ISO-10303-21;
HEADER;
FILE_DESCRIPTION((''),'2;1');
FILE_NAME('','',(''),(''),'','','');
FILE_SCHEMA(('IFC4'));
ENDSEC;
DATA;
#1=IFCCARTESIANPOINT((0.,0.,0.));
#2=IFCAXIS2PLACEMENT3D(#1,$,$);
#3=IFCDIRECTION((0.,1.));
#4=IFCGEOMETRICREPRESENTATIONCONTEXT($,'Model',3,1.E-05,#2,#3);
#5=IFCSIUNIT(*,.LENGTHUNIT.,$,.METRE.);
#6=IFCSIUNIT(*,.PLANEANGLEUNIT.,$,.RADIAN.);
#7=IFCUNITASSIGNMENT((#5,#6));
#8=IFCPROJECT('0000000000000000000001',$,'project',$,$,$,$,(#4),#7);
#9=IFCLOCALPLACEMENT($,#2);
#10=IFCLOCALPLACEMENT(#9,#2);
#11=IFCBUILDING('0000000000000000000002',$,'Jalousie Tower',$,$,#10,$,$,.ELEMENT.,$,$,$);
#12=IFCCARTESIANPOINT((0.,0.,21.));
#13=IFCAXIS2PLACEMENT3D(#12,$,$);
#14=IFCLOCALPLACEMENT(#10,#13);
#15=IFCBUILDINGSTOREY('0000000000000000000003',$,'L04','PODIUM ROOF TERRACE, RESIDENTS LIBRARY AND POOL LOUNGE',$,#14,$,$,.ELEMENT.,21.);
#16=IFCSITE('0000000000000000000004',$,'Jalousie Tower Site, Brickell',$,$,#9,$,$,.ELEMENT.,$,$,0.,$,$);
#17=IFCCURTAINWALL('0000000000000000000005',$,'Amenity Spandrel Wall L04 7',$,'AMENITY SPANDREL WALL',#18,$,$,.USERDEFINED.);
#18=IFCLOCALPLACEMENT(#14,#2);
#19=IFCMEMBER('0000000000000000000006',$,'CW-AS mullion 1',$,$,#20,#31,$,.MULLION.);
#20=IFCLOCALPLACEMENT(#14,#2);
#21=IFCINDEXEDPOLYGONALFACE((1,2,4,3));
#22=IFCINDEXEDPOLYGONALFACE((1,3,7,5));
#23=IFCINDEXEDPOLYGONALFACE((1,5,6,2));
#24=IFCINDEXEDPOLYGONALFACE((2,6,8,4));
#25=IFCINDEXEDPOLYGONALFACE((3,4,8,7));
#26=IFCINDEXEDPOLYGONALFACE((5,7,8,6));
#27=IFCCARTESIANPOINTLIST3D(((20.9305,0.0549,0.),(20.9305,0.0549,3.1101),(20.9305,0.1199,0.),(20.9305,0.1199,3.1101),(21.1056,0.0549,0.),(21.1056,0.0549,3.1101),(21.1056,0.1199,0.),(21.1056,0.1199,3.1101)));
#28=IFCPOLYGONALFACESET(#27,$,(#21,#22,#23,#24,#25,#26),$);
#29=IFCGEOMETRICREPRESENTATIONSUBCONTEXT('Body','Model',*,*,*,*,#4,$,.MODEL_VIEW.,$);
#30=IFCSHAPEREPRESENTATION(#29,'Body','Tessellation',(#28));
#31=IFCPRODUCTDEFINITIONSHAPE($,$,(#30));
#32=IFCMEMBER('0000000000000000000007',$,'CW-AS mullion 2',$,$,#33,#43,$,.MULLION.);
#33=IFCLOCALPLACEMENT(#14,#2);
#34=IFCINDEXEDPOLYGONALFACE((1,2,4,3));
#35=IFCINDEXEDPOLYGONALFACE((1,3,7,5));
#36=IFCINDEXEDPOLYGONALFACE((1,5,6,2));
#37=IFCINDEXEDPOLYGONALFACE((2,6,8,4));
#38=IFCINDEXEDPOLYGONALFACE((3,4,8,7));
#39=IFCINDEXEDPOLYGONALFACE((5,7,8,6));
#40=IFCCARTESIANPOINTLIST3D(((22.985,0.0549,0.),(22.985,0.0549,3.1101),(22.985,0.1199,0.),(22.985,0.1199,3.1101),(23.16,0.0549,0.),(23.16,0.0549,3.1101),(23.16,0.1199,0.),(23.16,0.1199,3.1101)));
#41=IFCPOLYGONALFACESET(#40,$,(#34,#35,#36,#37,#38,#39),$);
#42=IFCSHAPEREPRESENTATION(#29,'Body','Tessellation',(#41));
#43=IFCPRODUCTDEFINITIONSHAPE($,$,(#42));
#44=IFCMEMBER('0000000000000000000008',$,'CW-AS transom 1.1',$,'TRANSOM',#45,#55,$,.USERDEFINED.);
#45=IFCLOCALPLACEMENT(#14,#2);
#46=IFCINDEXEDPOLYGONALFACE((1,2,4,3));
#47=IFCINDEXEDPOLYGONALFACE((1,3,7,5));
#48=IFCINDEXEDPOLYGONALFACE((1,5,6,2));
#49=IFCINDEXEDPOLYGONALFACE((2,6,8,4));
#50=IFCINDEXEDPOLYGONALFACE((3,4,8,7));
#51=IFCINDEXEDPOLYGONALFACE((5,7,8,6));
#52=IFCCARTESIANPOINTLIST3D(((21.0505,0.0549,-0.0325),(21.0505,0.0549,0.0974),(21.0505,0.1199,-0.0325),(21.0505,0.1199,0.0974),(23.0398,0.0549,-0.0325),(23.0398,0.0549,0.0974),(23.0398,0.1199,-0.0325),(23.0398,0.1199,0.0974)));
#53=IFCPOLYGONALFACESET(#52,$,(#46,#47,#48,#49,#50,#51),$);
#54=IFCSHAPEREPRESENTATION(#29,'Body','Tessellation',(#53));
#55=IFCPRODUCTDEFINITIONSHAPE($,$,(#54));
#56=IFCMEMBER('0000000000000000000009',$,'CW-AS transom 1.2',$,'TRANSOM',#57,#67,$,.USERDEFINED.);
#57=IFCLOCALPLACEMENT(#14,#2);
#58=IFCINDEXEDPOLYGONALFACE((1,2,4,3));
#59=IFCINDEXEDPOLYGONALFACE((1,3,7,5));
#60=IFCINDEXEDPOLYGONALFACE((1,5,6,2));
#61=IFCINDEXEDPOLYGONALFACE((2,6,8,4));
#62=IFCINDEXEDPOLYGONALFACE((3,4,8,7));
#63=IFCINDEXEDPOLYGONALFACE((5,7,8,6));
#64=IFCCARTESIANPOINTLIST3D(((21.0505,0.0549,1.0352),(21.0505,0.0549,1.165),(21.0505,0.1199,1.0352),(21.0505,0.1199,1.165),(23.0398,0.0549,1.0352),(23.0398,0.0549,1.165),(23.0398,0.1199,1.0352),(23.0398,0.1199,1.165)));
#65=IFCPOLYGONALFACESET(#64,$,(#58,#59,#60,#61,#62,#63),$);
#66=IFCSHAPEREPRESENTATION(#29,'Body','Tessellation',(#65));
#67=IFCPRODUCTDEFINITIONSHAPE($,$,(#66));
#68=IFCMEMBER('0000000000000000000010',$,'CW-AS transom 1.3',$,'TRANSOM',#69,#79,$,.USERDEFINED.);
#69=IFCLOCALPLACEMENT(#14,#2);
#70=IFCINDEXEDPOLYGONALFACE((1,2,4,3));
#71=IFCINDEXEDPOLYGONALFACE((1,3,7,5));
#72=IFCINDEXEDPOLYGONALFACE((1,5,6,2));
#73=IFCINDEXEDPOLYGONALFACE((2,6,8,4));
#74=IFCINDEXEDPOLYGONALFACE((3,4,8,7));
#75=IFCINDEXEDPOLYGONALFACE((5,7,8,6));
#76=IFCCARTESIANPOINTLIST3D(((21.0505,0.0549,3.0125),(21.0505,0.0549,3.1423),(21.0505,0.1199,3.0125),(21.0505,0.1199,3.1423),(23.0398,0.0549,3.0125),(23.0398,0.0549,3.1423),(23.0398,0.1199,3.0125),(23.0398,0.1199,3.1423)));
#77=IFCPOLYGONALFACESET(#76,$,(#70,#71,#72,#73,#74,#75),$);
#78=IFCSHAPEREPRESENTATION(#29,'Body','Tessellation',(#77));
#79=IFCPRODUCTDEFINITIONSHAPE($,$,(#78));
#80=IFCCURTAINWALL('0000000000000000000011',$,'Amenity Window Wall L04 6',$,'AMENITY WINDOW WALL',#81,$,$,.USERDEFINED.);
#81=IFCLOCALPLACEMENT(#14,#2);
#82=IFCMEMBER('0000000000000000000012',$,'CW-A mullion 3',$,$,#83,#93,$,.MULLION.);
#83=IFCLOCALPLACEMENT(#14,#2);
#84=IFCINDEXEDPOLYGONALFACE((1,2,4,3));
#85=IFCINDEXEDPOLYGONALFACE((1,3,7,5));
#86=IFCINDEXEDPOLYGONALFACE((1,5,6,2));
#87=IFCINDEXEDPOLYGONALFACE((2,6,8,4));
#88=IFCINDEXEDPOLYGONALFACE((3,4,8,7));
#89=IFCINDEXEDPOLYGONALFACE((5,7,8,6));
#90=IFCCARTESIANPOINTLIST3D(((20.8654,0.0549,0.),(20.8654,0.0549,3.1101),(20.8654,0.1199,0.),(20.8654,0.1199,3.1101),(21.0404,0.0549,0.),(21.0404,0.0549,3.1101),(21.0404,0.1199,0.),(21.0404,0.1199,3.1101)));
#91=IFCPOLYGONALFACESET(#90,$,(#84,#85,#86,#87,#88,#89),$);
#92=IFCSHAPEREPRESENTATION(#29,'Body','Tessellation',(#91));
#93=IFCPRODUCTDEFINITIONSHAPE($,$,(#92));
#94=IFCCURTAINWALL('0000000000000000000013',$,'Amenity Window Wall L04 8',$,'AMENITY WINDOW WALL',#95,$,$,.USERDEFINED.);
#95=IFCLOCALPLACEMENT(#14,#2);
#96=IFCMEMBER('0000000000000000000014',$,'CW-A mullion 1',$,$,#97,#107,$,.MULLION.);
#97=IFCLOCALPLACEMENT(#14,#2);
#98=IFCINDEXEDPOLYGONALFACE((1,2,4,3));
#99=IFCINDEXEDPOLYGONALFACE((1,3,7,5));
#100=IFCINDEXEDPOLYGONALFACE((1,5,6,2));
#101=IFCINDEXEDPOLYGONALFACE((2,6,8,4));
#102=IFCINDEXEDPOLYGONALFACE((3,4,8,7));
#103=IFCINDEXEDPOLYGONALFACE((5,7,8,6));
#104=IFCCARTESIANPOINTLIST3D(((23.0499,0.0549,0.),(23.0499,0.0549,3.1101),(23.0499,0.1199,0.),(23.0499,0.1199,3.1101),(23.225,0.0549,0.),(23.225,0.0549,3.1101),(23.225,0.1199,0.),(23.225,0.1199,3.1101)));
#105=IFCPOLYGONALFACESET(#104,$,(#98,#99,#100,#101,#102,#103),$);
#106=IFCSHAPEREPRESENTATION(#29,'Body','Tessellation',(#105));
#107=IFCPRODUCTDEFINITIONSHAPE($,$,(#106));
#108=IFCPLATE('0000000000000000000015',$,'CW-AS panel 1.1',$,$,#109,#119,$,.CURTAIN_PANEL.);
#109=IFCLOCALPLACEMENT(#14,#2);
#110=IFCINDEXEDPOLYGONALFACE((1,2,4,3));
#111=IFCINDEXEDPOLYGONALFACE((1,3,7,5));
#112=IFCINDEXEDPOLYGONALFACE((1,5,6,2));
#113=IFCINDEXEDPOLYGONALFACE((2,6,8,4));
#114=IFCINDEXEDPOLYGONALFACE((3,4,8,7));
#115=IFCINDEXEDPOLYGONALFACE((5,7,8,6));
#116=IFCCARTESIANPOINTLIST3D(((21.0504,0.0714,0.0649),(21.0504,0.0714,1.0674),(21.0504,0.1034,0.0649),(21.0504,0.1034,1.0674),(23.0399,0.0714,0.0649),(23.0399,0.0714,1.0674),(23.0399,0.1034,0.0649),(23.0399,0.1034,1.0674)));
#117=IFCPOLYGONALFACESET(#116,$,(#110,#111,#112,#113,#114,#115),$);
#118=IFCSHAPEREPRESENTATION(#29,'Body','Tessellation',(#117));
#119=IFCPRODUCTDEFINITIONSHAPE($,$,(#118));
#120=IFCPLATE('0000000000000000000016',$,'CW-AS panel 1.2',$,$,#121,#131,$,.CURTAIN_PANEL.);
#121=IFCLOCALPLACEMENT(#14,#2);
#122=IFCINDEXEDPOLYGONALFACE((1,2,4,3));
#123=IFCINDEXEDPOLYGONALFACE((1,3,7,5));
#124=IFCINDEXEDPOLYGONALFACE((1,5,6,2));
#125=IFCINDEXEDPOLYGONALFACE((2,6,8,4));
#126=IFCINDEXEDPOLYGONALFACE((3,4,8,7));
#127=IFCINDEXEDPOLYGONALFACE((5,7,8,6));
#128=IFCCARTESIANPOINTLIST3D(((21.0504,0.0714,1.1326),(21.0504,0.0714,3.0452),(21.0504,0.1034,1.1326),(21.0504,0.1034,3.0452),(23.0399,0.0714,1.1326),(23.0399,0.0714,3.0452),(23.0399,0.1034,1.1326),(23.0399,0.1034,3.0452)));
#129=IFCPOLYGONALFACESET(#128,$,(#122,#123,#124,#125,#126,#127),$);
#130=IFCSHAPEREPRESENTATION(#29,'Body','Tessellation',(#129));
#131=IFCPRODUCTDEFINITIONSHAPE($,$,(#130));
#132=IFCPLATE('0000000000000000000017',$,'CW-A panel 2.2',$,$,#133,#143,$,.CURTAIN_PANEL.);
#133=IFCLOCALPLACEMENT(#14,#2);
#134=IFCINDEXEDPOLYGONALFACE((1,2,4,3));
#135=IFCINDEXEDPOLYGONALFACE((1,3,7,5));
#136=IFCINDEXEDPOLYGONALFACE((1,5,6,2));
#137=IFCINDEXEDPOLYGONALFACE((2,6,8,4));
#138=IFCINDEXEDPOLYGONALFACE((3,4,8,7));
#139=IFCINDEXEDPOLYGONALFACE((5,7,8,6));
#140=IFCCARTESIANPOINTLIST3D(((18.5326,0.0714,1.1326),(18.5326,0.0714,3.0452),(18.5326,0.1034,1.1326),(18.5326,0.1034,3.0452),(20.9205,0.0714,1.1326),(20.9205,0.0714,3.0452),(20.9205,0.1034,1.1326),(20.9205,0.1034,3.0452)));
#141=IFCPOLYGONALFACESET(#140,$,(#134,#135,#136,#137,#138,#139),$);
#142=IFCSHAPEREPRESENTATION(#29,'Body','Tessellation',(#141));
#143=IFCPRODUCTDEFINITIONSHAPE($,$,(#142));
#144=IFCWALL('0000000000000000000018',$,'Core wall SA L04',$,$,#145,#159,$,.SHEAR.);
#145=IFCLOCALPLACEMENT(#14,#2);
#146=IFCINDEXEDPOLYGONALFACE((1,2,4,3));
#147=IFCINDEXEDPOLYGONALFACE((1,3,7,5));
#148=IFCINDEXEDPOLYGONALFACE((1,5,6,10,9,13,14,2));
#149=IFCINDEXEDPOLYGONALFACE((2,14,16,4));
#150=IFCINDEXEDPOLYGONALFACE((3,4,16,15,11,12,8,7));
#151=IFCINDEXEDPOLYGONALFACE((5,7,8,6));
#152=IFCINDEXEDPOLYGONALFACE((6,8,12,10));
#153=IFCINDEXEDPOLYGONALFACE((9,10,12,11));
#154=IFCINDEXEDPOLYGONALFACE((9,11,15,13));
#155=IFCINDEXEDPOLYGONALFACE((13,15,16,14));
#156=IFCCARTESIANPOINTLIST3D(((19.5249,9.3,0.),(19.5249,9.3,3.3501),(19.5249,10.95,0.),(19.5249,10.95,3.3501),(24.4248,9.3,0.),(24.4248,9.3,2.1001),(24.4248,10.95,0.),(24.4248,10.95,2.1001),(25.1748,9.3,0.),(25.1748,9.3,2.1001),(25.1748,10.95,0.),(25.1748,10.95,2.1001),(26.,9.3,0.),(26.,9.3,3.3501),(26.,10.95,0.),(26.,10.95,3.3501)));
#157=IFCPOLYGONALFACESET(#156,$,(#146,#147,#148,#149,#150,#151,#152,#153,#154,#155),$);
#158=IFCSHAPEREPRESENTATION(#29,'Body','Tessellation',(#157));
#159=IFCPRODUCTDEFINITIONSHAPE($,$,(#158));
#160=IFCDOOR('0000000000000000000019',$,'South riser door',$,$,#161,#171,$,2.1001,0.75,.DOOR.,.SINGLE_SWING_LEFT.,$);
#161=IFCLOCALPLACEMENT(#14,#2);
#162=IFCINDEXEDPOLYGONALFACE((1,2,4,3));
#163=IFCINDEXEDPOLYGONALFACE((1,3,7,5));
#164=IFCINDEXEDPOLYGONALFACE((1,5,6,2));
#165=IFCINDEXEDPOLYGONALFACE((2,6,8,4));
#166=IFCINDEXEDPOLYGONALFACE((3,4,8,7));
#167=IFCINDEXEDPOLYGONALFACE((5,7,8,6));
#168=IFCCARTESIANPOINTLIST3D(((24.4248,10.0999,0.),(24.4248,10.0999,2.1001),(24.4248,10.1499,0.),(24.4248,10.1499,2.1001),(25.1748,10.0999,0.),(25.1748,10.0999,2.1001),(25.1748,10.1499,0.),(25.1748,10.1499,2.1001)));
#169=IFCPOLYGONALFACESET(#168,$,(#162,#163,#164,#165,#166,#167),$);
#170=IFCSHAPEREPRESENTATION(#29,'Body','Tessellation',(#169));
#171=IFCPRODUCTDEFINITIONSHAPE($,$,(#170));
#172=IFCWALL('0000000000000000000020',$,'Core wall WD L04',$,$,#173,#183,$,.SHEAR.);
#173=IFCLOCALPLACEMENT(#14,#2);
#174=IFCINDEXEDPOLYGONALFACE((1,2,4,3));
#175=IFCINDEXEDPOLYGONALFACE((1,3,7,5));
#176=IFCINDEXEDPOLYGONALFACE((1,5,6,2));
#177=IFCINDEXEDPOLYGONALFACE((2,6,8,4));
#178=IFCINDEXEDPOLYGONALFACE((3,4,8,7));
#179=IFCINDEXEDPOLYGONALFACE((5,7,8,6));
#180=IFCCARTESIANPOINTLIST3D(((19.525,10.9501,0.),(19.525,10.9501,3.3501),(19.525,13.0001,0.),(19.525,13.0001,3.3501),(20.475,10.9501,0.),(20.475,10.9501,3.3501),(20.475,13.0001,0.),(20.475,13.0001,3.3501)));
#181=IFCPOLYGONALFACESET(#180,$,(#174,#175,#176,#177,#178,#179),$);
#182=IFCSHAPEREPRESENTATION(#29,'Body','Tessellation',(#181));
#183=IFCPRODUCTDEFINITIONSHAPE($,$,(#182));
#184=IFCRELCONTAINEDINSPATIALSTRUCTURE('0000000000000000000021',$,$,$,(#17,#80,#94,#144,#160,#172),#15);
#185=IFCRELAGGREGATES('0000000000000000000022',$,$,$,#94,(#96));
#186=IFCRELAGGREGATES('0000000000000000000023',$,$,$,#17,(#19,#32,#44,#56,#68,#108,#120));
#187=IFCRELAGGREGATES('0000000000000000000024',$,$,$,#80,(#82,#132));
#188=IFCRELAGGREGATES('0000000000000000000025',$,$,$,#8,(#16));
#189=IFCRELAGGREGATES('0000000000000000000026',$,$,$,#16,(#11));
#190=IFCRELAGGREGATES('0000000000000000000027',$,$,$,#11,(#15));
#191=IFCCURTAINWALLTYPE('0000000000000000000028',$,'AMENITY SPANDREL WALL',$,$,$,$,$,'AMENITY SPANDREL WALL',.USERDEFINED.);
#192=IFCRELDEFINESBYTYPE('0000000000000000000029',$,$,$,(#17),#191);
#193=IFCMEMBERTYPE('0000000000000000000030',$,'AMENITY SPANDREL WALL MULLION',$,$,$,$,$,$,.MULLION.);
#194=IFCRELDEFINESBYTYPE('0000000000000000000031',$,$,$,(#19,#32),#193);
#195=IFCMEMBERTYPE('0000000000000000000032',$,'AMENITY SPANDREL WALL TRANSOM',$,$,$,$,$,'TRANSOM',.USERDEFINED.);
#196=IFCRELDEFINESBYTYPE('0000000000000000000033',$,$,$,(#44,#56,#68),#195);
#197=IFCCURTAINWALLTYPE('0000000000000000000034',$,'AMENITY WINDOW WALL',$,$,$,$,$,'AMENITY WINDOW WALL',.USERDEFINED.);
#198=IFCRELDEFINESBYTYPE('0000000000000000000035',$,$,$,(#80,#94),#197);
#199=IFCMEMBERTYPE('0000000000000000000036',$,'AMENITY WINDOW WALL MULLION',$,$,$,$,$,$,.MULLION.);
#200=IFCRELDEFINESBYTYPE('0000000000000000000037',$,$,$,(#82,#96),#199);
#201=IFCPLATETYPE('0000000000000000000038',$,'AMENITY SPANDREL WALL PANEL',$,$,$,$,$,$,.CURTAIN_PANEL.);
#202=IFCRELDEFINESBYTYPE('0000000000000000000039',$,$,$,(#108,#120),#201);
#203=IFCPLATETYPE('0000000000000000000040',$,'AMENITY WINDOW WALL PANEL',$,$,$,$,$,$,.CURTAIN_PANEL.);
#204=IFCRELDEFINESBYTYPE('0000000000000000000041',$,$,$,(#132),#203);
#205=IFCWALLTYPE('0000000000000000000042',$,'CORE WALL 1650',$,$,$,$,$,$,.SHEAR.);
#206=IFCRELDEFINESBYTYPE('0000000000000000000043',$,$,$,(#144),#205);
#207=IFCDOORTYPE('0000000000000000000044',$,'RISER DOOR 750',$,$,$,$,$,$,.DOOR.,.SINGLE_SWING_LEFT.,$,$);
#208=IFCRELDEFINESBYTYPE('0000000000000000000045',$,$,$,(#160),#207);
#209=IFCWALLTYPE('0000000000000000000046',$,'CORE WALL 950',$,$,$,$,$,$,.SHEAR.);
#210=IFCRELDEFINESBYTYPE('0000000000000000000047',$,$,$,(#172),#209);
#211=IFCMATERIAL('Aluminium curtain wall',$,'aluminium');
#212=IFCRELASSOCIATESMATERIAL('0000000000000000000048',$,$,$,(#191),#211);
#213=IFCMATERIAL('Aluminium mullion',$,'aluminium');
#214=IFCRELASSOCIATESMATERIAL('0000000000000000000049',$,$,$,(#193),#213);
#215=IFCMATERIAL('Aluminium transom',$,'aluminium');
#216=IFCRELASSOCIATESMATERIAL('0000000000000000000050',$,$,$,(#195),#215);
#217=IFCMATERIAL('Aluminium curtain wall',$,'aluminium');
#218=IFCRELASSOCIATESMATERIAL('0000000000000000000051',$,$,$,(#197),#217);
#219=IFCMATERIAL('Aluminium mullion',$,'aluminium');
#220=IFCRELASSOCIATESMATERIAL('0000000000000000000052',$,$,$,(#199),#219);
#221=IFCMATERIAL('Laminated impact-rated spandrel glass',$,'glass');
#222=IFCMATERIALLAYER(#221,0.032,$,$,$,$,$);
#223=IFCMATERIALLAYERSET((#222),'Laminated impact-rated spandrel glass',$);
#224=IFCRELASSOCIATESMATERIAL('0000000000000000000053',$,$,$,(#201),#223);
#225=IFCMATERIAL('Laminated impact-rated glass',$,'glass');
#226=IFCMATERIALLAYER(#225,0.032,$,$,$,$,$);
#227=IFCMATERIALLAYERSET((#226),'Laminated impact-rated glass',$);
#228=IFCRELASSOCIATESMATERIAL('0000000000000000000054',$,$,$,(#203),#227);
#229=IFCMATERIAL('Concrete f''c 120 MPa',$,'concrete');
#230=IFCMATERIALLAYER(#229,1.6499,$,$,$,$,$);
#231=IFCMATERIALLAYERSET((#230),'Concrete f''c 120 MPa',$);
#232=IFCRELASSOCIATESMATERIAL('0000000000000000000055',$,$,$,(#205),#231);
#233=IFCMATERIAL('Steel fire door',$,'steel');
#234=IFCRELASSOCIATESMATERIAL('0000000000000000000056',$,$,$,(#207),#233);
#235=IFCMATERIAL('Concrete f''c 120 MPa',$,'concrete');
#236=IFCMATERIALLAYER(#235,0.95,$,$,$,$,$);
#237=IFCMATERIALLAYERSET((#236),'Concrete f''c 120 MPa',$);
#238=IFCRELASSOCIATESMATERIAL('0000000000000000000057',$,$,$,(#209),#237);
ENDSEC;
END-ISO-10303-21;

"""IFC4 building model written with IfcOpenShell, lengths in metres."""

from ifc_helpers import new_model, si_unit, direction, frame, frame_2d, origin, origin_2d, place, context, subcontext, project, spatial, rectangle, extrude, material, layer, layer_set, material_profile, profile_set, type_object, element, fill, aggregate, save


model = new_model("IFC4")

# Units and contexts
model_context = context("Model", 3, precision=1e-05, world=origin(), true_north=direction((0.0, 1.0)))
body_context = subcontext(model_context, "Body", "Model", "MODEL_VIEW")
ifc_project = project(units=[si_unit("LENGTHUNIT", "METRE"), si_unit("PLANEANGLEUNIT", "RADIAN")], contexts=[model_context])

# Site, building, storey
site_placement = place(None, origin())
site = spatial("IfcSite", under=ifc_project, at=site_placement, Name="Jalousie Tower Site, Brickell", CompositionType="ELEMENT", RefElevation=0.0)
building_placement = place(site_placement, origin())
building = spatial("IfcBuilding", under=site, at=building_placement, Name="Jalousie Tower", CompositionType="ELEMENT")
storey_placement = place(building_placement, frame((0.0, 0.0, 21.0)))
storey = spatial("IfcBuildingStorey", under=building, at=storey_placement, Name="L04", Description="PODIUM ROOF TERRACE, RESIDENTS LIBRARY AND POOL LOUNGE", CompositionType="ELEMENT", Elevation=21.0)

# Curtain wall, members
ifc_material_1 = material(Name="Aluminium curtain wall", Category="aluminium")
curtain_wall_type_1 = type_object("IfcCurtainWallType", Name="AMENITY SPANDREL WALL", ElementType="AMENITY SPANDREL WALL", PredefinedType="USERDEFINED", material=ifc_material_1)
curtain_wall_1_placement = place(storey_placement, origin())
curtain_wall_1 = element("IfcCurtainWall", 1, at=curtain_wall_1_placement, inside=storey, type_object=curtain_wall_type_1, Name="Amenity Spandrel Wall L04 7", ObjectType="AMENITY SPANDREL WALL", PredefinedType="USERDEFINED")
ifc_material_2 = material(Name="Aluminium mullion", Category="aluminium")
ifc_material_profile_1 = material_profile(ifc_material_2, rectangle(XDim=0.0649, YDim=0.175, at=origin_2d()), Name="MULLION 65x175")
ifc_profile_set_1 = profile_set([ifc_material_profile_1], Name="Aluminium mullion")
member_type_1 = type_object("IfcMemberType", Name="AMENITY SPANDREL WALL MULLION", PredefinedType="MULLION", material=ifc_profile_set_1)
member_1_placement = place(storey_placement, frame((21.0181, 0.0874, 0.0), z_axis=(0.0, 0.0, 1.0), x_axis=(0.0, 1.0, 0.0)))
member_1 = element("IfcMember", 2, at=member_1_placement, type_object=member_type_1, Name="CW-AS mullion 1", PredefinedType="MULLION", context=body_context, shape_type="SweptSolid", body=[
    extrude(rectangle(XDim=0.0649, YDim=0.175, at=origin_2d()), origin(), (0.0, 0.0, 1.0), 3.1101),
])
member_2_placement = place(storey_placement, frame((23.0725, 0.0874, 0.0), z_axis=(0.0, 0.0, 1.0), x_axis=(0.0, 1.0, 0.0)))
member_2 = element("IfcMember", 3, at=member_2_placement, type_object=member_type_1, Name="CW-AS mullion 2", PredefinedType="MULLION", context=body_context, shape_type="SweptSolid", body=[
    extrude(rectangle(XDim=0.0649, YDim=0.175, at=origin_2d()), origin(), (0.0, 0.0, 1.0), 3.1101),
])
ifc_material_3 = material(Name="Aluminium transom", Category="aluminium")
ifc_material_profile_2 = material_profile(ifc_material_3, rectangle(XDim=0.0649, YDim=0.1299, at=origin_2d()), Name="TRANSOM 65x130")
ifc_profile_set_2 = profile_set([ifc_material_profile_2], Name="Aluminium transom")
member_type_2 = type_object("IfcMemberType", Name="AMENITY SPANDREL WALL TRANSOM", ElementType="TRANSOM", PredefinedType="USERDEFINED", material=ifc_profile_set_2)
member_3_placement = place(storey_placement, frame((21.0505, 0.0874, 0.0325), z_axis=(1.0, 0.0, 0.0), x_axis=(0.0, 1.0, 0.0)))
member_3 = element("IfcMember", 4, at=member_3_placement, type_object=member_type_2, Name="CW-AS transom 1.1", ObjectType="TRANSOM", PredefinedType="USERDEFINED", context=body_context, shape_type="SweptSolid", body=[
    extrude(rectangle(XDim=0.0649, YDim=0.1299, at=origin_2d()), origin(), (0.0, 0.0, 1.0), 1.9893),
])
member_4_placement = place(storey_placement, frame((21.0505, 0.0874, 1.1001), z_axis=(1.0, 0.0, 0.0), x_axis=(0.0, 1.0, 0.0)))
member_4 = element("IfcMember", 5, at=member_4_placement, type_object=member_type_2, Name="CW-AS transom 1.2", ObjectType="TRANSOM", PredefinedType="USERDEFINED", context=body_context, shape_type="SweptSolid", body=[
    extrude(rectangle(XDim=0.0649, YDim=0.1299, at=origin_2d()), origin(), (0.0, 0.0, 1.0), 1.9893),
])
member_5_placement = place(storey_placement, frame((21.0505, 0.0874, 3.0774), z_axis=(1.0, 0.0, 0.0), x_axis=(0.0, 1.0, 0.0)))
member_5 = element("IfcMember", 6, at=member_5_placement, type_object=member_type_2, Name="CW-AS transom 1.3", ObjectType="TRANSOM", PredefinedType="USERDEFINED", context=body_context, shape_type="SweptSolid", body=[
    extrude(rectangle(XDim=0.0649, YDim=0.1299, at=origin_2d()), origin(), (0.0, 0.0, 1.0), 1.9893),
])

# Curtain walls, members
ifc_material_4 = material(Name="Aluminium curtain wall", Category="aluminium")
curtain_wall_type_2 = type_object("IfcCurtainWallType", Name="AMENITY WINDOW WALL", ElementType="AMENITY WINDOW WALL", PredefinedType="USERDEFINED", material=ifc_material_4)
curtain_wall_2_placement = place(storey_placement, origin())
curtain_wall_2 = element("IfcCurtainWall", 7, at=curtain_wall_2_placement, inside=storey, type_object=curtain_wall_type_2, Name="Amenity Window Wall L04 6", ObjectType="AMENITY WINDOW WALL", PredefinedType="USERDEFINED")
ifc_material_5 = material(Name="Aluminium mullion", Category="aluminium")
ifc_material_profile_3 = material_profile(ifc_material_5, rectangle(XDim=0.0649, YDim=0.175, at=origin_2d()), Name="MULLION 65x175")
ifc_profile_set_3 = profile_set([ifc_material_profile_3], Name="Aluminium mullion")
member_type_3 = type_object("IfcMemberType", Name="AMENITY WINDOW WALL MULLION", PredefinedType="MULLION", material=ifc_profile_set_3)
member_6_placement = place(storey_placement, frame((20.9529, 0.0874, 0.0), z_axis=(0.0, 0.0, 1.0), x_axis=(0.0, 1.0, 0.0)))
member_6 = element("IfcMember", 8, at=member_6_placement, type_object=member_type_3, Name="CW-A mullion 3", PredefinedType="MULLION", context=body_context, shape_type="SweptSolid", body=[
    extrude(rectangle(XDim=0.0649, YDim=0.175, at=origin_2d()), origin(), (0.0, 0.0, 1.0), 3.1101),
])
curtain_wall_3_placement = place(storey_placement, origin())
curtain_wall_3 = element("IfcCurtainWall", 9, at=curtain_wall_3_placement, inside=storey, type_object=curtain_wall_type_2, Name="Amenity Window Wall L04 8", ObjectType="AMENITY WINDOW WALL", PredefinedType="USERDEFINED")
member_7_placement = place(storey_placement, frame((23.1375, 0.0874, 0.0), z_axis=(0.0, 0.0, 1.0), x_axis=(0.0, 1.0, 0.0)))
member_7 = element("IfcMember", 10, at=member_7_placement, type_object=member_type_3, Name="CW-A mullion 1", PredefinedType="MULLION", context=body_context, shape_type="SweptSolid", body=[
    extrude(rectangle(XDim=0.0649, YDim=0.175, at=origin_2d()), origin(), (0.0, 0.0, 1.0), 3.1101),
])
aggregate(curtain_wall_3, [member_7])

# Plates
ifc_material_6 = material(Name="Laminated impact-rated spandrel glass", Category="glass")
ifc_layer_1 = layer(ifc_material_6, 0.032)
ifc_layer_set_1 = layer_set([ifc_layer_1], Name="Laminated impact-rated spandrel glass")
plate_type_1 = type_object("IfcPlateType", Name="AMENITY SPANDREL WALL PANEL", PredefinedType="CURTAIN_PANEL", material=ifc_layer_set_1)
plate_1_placement = place(storey_placement, frame((22.0452, 0.0874, 0.0649), z_axis=(0.0, 0.0, 1.0), x_axis=(1.0, 0.0, 0.0)))
plate_1 = element("IfcPlate", 11, at=plate_1_placement, type_object=plate_type_1, Name="CW-AS panel 1.1", PredefinedType="CURTAIN_PANEL", context=body_context, shape_type="SweptSolid", body=[
    extrude(rectangle(XDim=1.9895, YDim=0.032, at=origin_2d()), origin(), (0.0, 0.0, 1.0), 1.0024),
])
plate_2_placement = place(storey_placement, frame((22.0452, 0.0874, 1.1326), z_axis=(0.0, 0.0, 1.0), x_axis=(1.0, 0.0, 0.0)))
plate_2 = element("IfcPlate", 12, at=plate_2_placement, type_object=plate_type_1, Name="CW-AS panel 1.2", PredefinedType="CURTAIN_PANEL", context=body_context, shape_type="SweptSolid", body=[
    extrude(rectangle(XDim=1.9895, YDim=0.032, at=origin_2d()), origin(), (0.0, 0.0, 1.0), 1.9126),
])
aggregate(curtain_wall_1, [member_1, member_2, member_3, member_4, member_5, plate_1, plate_2])
ifc_material_7 = material(Name="Laminated impact-rated glass", Category="glass")
ifc_layer_2 = layer(ifc_material_7, 0.032)
ifc_layer_set_2 = layer_set([ifc_layer_2], Name="Laminated impact-rated glass")
plate_type_2 = type_object("IfcPlateType", Name="AMENITY WINDOW WALL PANEL", PredefinedType="CURTAIN_PANEL", material=ifc_layer_set_2)
plate_3_placement = place(storey_placement, frame((19.7266, 0.0874, 1.1326), z_axis=(0.0, 0.0, 1.0), x_axis=(1.0, 0.0, 0.0)))
plate_3 = element("IfcPlate", 13, at=plate_3_placement, type_object=plate_type_2, Name="CW-A panel 2.2", PredefinedType="CURTAIN_PANEL", context=body_context, shape_type="SweptSolid", body=[
    extrude(rectangle(XDim=2.3879, YDim=0.032, at=origin_2d()), origin(), (0.0, 0.0, 1.0), 1.9126),
])
aggregate(curtain_wall_2, [member_6, plate_3])

# Wall, opening, door
ifc_material_8 = material(Name="Concrete f'c 120 MPa", Category="concrete")
ifc_layer_3 = layer(ifc_material_8, 1.6499)
ifc_layer_set_3 = layer_set([ifc_layer_3], Name="Concrete f'c 120 MPa")
wall_type_1 = type_object("IfcWallType", Name="CORE WALL 1650", PredefinedType="SHEAR", material=ifc_layer_set_3)
wall_1_placement = place(storey_placement, frame((19.5249, 10.125, 0.0), z_axis=(0.0, 0.0, 1.0), x_axis=(1.0, 0.0, 0.0)))
wall_1 = element("IfcWall", 14, at=wall_1_placement, inside=storey, type_object=wall_type_1, Name="Core wall SA L04", PredefinedType="SHEAR", context=body_context, shape_type="SweptSolid", body=[
    extrude(rectangle(XDim=6.4751, YDim=1.6499, at=frame_2d((3.2375, 0.0))), origin(), (0.0, 0.0, 1.0), 3.3501),
])
opening_1_placement = place(wall_1_placement, frame((4.8999, 0.0, 0.0)))
opening_1 = element("IfcOpeningElement", 15, at=opening_1_placement, cuts=wall_1, PredefinedType="OPENING", context=body_context, shape_type="SweptSolid", body=[
    extrude(rectangle(XDim=0.75, YDim=2.1001, at=frame_2d((0.375, 1.05))), frame((0.0, 0.835, 0.0), z_axis=(0.0, -1.0, 0.0), x_axis=(1.0, 0.0, 0.0)), (0.0, 0.0, 1.0), 1.6699),
])
ifc_material_9 = material(Name="Steel fire door", Category="steel")
door_type_1 = type_object("IfcDoorType", Name="RISER DOOR 750", OperationType="SINGLE_SWING_LEFT", PredefinedType="DOOR", material=ifc_material_9)
door_1_placement = place(opening_1_placement, origin())
door_1 = element("IfcDoor", 16, at=door_1_placement, inside=storey, type_object=door_type_1, Name="South riser door", OperationType="SINGLE_SWING_LEFT", OverallHeight=2.1001, OverallWidth=0.75, PredefinedType="DOOR", context=body_context, shape_type="SweptSolid", body=[
    extrude(rectangle(XDim=0.75, YDim=2.1001, at=frame_2d((0.375, 1.05))), frame((0.0, 0.0249, 0.0), z_axis=(0.0, -1.0, 0.0), x_axis=(1.0, 0.0, 0.0)), (0.0, 0.0, 1.0), 0.05),
])
fill(opening_1, door_1)

# Wall
ifc_material_10 = material(Name="Concrete f'c 120 MPa", Category="concrete")
ifc_layer_4 = layer(ifc_material_10, 0.95)
ifc_layer_set_4 = layer_set([ifc_layer_4], Name="Concrete f'c 120 MPa")
wall_type_2 = type_object("IfcWallType", Name="CORE WALL 950", PredefinedType="SHEAR", material=ifc_layer_set_4)
wall_2_placement = place(storey_placement, frame((20.0, 13.0, 0.0), z_axis=(0.0, 0.0, 1.0), x_axis=(0.0, -1.0, 0.0)))
element("IfcWall", 17, at=wall_2_placement, inside=storey, type_object=wall_type_2, Name="Core wall WD L04", PredefinedType="SHEAR", context=body_context, shape_type="SweptSolid", body=[
    extrude(rectangle(XDim=2.05, YDim=0.95, at=frame_2d((1.0249, 0.0))), origin(), (0.0, 0.0, 1.0), 3.3501),
])

save(model, "model.ifc")
